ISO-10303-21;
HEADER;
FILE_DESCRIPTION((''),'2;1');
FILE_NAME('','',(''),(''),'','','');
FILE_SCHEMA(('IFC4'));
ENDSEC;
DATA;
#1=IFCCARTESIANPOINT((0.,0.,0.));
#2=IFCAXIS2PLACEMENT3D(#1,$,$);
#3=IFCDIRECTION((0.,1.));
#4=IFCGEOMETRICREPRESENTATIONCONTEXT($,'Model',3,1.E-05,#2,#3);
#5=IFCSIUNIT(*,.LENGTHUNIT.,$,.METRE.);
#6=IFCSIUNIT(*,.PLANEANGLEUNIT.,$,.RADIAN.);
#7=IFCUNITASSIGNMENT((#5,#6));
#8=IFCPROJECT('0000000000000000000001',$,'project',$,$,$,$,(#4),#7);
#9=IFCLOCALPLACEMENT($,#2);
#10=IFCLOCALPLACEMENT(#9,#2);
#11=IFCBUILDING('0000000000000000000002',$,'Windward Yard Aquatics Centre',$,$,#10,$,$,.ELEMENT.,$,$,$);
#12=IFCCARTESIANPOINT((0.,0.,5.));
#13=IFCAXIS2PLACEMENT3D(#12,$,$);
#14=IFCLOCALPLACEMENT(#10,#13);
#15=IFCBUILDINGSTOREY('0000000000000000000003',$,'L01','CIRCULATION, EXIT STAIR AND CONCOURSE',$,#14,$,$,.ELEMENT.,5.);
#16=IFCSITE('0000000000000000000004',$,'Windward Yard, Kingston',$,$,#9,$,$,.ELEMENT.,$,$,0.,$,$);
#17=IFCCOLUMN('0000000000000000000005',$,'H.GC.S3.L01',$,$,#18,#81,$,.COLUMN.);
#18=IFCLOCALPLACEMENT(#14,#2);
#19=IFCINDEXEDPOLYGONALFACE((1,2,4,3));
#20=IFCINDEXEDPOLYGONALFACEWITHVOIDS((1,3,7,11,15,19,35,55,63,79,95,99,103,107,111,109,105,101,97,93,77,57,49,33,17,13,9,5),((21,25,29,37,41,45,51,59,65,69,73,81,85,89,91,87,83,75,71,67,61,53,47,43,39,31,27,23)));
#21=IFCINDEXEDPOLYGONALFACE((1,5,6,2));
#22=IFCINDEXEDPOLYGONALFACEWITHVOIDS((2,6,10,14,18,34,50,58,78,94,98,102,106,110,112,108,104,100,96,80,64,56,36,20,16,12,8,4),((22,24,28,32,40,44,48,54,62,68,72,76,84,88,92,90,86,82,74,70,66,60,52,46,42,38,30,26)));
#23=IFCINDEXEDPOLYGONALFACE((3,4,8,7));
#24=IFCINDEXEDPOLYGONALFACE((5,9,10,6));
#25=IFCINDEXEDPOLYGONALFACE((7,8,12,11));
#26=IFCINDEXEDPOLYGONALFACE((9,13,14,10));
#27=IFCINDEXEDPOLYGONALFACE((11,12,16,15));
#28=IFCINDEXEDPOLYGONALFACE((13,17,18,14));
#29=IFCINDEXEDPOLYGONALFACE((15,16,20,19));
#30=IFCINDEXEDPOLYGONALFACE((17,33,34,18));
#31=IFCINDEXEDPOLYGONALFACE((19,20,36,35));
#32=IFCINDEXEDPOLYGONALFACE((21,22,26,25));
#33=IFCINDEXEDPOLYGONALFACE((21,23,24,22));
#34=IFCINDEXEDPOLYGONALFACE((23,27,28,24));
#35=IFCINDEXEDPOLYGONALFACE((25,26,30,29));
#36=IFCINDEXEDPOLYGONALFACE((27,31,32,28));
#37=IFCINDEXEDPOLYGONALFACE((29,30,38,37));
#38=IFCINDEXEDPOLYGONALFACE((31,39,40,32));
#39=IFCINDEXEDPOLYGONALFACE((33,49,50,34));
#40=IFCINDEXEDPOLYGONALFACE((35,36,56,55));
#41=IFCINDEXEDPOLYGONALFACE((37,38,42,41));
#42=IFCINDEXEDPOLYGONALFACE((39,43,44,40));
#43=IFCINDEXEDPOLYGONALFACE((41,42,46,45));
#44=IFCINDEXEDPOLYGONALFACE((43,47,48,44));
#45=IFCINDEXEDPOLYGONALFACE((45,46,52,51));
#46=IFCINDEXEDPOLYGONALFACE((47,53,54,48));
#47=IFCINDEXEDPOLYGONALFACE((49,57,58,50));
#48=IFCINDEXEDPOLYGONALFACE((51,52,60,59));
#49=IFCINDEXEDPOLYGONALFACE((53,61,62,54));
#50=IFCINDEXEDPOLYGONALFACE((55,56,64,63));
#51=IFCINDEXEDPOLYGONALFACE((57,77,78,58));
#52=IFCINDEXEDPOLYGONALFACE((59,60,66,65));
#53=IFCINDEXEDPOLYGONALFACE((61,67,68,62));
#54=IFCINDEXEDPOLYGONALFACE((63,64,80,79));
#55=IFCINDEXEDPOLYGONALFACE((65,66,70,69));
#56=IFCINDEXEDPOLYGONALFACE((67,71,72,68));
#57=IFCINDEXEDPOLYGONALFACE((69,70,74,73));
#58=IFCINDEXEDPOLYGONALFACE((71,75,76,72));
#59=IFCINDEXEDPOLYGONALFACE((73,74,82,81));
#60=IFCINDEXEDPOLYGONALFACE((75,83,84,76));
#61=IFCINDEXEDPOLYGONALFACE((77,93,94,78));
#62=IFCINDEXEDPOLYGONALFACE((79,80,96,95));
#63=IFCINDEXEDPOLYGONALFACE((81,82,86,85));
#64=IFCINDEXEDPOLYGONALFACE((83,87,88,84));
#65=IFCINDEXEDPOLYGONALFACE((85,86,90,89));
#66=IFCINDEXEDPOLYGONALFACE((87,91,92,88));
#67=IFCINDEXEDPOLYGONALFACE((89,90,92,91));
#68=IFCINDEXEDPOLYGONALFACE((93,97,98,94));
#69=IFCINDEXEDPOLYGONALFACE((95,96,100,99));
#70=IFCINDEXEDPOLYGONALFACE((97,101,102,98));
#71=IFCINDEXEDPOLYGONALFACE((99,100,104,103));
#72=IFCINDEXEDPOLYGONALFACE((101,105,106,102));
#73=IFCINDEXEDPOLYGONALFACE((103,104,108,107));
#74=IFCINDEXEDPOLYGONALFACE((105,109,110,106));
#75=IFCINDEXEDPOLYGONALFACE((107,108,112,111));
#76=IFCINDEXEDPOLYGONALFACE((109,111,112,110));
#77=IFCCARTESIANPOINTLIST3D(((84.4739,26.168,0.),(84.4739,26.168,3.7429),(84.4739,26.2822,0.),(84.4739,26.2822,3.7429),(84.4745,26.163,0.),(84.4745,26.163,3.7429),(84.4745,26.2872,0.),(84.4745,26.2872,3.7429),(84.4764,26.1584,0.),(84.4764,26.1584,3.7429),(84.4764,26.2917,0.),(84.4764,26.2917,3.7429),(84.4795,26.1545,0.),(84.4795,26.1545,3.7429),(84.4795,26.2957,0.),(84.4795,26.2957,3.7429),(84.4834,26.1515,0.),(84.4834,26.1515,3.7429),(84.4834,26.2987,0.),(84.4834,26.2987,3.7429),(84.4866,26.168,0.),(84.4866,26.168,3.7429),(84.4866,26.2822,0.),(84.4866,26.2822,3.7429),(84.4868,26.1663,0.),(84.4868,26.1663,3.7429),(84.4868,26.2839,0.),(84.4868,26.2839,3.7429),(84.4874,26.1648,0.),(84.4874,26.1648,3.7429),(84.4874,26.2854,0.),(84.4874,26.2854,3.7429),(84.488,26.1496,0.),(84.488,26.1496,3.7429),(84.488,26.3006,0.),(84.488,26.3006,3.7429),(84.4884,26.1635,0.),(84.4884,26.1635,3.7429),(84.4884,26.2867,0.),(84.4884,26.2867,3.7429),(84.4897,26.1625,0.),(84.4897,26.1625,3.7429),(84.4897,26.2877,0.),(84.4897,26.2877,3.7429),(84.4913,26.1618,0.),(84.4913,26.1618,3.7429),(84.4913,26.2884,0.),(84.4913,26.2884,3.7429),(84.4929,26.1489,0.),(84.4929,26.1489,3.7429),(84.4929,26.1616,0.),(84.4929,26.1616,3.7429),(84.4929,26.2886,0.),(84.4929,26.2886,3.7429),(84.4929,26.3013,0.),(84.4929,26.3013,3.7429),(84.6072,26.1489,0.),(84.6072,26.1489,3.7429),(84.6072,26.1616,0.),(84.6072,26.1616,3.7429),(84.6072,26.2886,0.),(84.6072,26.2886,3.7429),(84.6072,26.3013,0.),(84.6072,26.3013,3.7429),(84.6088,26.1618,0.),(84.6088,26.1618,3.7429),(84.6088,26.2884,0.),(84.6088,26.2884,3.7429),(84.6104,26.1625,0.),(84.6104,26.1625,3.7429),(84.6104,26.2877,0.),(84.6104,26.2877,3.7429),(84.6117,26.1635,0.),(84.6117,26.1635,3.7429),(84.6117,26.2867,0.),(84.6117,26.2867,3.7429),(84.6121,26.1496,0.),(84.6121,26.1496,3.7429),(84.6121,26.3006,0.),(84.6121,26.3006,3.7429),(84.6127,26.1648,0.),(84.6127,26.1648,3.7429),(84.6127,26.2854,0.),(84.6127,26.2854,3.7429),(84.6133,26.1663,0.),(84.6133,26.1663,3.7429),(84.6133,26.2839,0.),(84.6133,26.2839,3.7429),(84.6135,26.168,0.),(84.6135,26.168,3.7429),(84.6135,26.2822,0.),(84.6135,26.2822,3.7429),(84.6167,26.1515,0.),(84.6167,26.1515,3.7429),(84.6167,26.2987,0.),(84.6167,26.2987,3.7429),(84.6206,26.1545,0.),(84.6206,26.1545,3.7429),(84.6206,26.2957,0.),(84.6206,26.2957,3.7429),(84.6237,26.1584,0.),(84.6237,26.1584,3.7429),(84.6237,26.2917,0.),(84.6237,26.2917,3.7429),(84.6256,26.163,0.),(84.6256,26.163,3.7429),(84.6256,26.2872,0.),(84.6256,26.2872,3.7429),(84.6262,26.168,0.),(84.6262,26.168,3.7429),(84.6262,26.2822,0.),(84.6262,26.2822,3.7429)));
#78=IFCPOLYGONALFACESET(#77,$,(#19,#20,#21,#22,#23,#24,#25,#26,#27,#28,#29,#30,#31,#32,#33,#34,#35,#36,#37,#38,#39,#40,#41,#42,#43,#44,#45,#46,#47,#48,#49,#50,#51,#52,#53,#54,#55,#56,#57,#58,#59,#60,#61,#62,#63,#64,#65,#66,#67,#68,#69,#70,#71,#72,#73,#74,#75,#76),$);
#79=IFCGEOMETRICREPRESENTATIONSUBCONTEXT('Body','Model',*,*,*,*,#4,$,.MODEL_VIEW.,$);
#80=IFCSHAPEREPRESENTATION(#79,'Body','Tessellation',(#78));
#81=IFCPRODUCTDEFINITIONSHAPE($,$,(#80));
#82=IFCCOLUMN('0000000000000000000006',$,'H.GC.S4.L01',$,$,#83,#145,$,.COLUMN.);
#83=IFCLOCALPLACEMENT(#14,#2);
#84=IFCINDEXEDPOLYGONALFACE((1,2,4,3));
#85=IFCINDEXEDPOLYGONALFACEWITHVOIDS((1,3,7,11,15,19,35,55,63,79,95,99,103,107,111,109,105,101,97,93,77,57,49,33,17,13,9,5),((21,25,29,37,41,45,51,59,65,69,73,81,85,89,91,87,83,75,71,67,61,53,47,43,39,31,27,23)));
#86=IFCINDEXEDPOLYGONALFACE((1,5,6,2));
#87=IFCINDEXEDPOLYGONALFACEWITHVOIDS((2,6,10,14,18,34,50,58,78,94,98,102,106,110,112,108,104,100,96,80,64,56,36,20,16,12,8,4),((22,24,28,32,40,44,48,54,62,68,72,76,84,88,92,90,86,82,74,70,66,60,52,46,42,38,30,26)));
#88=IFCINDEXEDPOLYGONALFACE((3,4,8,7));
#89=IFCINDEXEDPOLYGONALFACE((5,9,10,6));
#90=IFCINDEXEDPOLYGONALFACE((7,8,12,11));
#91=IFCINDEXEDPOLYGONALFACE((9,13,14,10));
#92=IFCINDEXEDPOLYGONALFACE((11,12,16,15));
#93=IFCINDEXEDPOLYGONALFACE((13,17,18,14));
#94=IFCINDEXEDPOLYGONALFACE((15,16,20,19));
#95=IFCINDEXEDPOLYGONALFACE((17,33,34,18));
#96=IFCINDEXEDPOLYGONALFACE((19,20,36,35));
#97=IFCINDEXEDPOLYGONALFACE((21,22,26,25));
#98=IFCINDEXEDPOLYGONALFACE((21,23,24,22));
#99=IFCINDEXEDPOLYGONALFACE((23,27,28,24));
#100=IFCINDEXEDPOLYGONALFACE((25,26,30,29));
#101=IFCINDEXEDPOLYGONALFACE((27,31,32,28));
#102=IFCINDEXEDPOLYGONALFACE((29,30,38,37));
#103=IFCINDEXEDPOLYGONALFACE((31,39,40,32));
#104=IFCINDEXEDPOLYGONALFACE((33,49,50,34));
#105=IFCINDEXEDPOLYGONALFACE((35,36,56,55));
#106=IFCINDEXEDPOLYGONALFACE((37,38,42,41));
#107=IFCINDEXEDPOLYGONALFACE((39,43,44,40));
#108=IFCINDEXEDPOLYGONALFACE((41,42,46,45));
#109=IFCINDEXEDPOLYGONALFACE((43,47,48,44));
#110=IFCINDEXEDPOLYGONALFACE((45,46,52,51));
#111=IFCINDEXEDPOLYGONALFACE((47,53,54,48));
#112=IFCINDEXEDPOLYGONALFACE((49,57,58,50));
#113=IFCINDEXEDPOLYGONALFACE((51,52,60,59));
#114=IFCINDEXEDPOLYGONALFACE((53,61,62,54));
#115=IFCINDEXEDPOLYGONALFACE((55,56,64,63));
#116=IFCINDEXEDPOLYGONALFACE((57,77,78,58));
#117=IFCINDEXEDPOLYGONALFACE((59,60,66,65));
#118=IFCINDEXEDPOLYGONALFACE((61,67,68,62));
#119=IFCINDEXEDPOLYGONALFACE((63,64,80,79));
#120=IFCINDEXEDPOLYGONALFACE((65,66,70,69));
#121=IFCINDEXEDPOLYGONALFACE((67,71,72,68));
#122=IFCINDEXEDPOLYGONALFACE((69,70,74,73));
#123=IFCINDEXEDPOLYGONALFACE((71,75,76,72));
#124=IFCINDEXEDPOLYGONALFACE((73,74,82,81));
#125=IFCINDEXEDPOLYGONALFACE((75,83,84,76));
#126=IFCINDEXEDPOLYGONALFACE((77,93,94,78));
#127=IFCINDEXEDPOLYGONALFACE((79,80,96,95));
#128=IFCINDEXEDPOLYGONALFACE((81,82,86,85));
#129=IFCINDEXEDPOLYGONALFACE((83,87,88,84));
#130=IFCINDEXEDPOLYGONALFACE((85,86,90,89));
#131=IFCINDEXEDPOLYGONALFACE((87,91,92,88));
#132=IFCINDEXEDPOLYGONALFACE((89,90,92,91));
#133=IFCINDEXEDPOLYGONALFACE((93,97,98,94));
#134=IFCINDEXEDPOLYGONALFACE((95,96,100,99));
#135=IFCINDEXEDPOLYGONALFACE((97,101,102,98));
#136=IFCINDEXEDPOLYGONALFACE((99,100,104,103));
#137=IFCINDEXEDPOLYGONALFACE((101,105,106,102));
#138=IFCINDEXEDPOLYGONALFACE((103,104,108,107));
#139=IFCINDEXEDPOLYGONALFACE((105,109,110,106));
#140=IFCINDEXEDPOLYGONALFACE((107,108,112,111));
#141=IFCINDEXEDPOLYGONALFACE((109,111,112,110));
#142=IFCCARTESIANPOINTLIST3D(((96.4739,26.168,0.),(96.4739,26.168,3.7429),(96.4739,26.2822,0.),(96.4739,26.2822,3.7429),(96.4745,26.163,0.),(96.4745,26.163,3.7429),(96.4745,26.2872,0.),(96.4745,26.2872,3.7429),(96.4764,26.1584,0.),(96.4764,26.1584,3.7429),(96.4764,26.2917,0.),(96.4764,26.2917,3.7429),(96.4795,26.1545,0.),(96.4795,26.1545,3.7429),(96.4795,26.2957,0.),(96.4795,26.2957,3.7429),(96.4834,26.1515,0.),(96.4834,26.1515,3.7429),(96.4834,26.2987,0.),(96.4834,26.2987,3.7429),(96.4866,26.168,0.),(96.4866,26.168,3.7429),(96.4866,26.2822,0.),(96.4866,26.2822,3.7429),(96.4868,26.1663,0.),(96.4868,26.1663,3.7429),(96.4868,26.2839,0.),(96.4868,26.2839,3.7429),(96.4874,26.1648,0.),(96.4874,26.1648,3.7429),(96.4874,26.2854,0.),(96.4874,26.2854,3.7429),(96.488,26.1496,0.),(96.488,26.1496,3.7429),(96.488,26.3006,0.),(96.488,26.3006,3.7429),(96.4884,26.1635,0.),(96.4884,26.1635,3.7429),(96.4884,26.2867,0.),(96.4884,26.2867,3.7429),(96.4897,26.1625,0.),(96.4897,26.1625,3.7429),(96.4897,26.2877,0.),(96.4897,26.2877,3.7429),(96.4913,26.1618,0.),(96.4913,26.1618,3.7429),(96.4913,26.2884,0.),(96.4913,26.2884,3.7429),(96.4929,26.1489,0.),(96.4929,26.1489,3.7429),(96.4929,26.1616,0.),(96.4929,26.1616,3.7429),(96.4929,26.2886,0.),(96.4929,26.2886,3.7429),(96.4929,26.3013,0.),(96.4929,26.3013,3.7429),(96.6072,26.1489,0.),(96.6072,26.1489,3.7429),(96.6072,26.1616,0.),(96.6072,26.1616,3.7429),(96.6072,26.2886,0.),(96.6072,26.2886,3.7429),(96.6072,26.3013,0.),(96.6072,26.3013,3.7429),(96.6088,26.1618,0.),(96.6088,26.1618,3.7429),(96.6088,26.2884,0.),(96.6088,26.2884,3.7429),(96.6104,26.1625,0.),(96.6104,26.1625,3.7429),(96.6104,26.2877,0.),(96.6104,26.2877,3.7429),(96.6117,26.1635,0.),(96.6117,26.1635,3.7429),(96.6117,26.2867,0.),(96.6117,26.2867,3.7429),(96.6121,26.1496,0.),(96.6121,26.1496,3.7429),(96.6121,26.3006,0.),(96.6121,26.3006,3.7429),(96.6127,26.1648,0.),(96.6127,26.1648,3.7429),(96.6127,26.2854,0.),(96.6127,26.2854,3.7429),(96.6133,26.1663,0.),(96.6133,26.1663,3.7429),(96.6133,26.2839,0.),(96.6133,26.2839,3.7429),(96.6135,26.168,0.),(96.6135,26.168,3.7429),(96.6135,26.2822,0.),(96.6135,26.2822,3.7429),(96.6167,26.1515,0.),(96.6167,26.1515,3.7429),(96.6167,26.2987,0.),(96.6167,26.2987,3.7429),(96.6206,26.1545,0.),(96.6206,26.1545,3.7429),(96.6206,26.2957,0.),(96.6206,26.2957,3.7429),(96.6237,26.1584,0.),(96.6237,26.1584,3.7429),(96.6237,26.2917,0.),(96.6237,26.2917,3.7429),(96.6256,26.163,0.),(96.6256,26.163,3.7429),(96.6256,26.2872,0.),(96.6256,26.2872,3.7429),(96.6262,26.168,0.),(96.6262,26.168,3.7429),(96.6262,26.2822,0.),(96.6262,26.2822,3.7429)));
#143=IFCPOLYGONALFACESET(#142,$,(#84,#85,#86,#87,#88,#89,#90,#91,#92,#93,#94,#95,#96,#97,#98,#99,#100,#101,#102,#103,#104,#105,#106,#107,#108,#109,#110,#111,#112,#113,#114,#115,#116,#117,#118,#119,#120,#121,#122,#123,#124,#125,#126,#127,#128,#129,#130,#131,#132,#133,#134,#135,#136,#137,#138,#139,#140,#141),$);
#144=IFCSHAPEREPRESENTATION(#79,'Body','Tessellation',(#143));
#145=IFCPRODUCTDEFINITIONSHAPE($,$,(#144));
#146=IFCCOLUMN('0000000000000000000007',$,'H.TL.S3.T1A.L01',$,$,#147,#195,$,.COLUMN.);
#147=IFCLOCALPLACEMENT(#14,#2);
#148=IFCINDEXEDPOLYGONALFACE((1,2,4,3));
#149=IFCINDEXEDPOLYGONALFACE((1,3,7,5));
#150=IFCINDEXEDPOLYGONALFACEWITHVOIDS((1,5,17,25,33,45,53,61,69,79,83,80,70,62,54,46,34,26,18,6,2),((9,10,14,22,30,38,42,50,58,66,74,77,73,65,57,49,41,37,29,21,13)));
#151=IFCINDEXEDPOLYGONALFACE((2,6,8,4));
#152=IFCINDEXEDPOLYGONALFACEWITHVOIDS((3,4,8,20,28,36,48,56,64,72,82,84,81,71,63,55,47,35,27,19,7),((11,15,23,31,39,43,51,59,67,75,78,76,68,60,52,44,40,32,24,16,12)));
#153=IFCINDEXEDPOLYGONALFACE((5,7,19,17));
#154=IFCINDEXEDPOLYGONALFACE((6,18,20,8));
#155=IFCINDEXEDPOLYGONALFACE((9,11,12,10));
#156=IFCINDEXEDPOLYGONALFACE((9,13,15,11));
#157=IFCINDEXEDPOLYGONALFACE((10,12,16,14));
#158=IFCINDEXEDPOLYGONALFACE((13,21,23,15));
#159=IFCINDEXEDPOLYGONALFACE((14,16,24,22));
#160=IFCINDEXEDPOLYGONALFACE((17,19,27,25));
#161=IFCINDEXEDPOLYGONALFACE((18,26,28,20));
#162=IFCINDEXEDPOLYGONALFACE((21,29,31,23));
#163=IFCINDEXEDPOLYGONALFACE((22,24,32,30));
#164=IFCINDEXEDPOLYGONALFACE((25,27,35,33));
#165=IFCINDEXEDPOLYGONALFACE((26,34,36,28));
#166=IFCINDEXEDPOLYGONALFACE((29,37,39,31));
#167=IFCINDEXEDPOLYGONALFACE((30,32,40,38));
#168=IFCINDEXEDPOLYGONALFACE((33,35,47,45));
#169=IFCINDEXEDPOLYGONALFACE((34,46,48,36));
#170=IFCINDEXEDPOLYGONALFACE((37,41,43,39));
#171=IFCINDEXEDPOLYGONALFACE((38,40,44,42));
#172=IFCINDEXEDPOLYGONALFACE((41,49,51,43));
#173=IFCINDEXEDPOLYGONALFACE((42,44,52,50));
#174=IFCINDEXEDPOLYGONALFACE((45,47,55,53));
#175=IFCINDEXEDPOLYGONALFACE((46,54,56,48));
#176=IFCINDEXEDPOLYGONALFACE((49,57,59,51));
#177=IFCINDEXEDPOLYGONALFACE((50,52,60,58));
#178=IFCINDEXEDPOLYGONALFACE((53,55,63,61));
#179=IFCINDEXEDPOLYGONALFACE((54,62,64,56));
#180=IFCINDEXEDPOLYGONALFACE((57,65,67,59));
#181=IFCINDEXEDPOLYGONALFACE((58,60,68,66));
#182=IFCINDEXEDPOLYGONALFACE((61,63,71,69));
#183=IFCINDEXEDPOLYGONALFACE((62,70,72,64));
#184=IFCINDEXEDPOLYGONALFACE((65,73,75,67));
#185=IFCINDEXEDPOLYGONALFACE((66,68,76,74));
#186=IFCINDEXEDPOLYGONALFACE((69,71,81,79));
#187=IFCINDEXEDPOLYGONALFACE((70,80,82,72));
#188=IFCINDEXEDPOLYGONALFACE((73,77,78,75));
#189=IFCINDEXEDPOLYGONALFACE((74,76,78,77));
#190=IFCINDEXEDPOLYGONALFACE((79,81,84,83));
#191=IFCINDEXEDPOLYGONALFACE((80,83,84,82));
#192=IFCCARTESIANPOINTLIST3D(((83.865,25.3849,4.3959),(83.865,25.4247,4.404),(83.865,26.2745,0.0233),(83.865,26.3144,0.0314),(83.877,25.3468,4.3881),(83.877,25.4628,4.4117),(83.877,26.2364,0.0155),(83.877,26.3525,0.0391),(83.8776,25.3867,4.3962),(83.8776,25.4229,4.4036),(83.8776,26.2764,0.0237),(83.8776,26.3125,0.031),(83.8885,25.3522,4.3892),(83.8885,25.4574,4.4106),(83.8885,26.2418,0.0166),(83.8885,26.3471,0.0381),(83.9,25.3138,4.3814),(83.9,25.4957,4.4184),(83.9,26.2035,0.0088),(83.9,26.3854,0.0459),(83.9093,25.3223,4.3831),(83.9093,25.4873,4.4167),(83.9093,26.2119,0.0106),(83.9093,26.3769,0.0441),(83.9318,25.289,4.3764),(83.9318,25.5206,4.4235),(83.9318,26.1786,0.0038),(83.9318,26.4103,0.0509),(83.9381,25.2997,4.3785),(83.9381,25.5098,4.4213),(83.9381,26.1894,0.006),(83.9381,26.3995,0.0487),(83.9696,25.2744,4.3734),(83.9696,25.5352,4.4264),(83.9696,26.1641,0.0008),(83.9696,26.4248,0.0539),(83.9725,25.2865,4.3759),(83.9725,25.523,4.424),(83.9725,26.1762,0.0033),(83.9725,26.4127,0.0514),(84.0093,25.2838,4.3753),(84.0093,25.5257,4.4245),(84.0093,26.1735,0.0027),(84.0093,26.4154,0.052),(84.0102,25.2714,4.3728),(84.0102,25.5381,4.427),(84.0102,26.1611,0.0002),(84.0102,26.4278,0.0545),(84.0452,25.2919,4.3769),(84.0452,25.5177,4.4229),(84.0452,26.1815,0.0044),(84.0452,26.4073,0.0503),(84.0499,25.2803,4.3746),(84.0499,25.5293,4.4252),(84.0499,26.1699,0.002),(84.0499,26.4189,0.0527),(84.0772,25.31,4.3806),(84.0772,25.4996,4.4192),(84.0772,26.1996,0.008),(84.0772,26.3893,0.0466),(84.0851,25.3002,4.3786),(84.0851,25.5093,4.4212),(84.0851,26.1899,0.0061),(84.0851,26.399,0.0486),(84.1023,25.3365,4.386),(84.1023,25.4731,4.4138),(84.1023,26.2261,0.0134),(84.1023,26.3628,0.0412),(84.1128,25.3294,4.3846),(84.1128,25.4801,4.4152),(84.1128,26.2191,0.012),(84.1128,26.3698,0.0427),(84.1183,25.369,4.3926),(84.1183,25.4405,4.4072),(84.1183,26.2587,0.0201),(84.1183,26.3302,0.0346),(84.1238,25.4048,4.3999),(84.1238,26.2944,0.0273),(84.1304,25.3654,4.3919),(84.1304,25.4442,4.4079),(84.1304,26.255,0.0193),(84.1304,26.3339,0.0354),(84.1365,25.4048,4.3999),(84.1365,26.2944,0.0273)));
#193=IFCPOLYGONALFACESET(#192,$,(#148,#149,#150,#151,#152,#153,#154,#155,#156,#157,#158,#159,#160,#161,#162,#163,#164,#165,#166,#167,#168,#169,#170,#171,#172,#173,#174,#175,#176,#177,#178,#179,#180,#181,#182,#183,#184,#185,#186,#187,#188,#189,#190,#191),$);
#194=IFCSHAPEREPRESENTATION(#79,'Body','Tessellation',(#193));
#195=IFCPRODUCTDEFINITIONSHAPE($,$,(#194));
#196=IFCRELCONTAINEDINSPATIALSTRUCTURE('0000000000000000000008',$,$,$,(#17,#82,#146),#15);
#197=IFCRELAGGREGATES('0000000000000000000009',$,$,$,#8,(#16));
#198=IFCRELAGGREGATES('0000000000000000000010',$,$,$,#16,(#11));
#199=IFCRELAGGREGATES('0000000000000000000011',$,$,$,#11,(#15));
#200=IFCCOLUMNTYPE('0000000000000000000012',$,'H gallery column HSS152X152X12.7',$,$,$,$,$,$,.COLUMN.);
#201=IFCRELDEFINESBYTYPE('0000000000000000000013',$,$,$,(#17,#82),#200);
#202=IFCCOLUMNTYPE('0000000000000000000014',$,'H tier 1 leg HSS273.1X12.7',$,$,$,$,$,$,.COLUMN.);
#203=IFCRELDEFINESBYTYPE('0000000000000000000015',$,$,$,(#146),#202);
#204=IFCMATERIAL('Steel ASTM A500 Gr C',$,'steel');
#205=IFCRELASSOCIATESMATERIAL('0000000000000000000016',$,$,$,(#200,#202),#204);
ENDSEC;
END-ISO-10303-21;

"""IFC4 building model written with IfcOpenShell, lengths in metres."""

from ifc_helpers import new_model, si_unit, direction, frame, origin, origin_2d, place, context, subcontext, project, spatial, hollow_rectangle, hollow_circle, extrude, material, material_profile, profile_set, type_object, element, save


model = new_model("IFC4")

# Units and contexts
model_context = context("Model", 3, precision=1e-05, world=origin(), true_north=direction((0.0, 1.0)))
body_context = subcontext(model_context, "Body", "Model", "MODEL_VIEW")
ifc_project = project(units=[si_unit("LENGTHUNIT", "METRE"), si_unit("PLANEANGLEUNIT", "RADIAN")], contexts=[model_context])

# Site, building, storey
site_placement = place(None, origin())
site = spatial("IfcSite", under=ifc_project, at=site_placement, Name="Windward Yard, Kingston", CompositionType="ELEMENT", RefElevation=0.0)
building_placement = place(site_placement, origin())
building = spatial("IfcBuilding", under=site, at=building_placement, Name="Windward Yard Aquatics Centre", CompositionType="ELEMENT")
storey_placement = place(building_placement, frame((0.0, 0.0, 5.0)))
storey = spatial("IfcBuildingStorey", under=building, at=storey_placement, Name="L01", Description="CIRCULATION, EXIT STAIR AND CONCOURSE", CompositionType="ELEMENT", Elevation=5.0)

# Columns
ifc_material_1 = material(Name="Steel ASTM A500 Gr C", Category="steel")
ifc_material_profile_1 = material_profile(ifc_material_1, hollow_rectangle(XDim=0.1523, YDim=0.1523, WallThickness=0.0127, InnerFilletRadius=0.0063, OuterFilletRadius=0.019, at=origin_2d()), Name="HSS152X152X12.7")
ifc_profile_set_1 = profile_set([ifc_material_profile_1], Name="Steel ASTM A500 Gr C")
column_type_1 = type_object("IfcColumnType", Name="H gallery column HSS152X152X12.7", PredefinedType="COLUMN", material=ifc_profile_set_1)
for number, where, z_axis, x_axis, name in (
    (1, (84.55, 26.2251, 0.0), (0.0, 0.0, 1.0), (1.0, 0.0, 0.0), "H.GC.S3.L01"),
    (2, (96.55, 26.2251, 0.0), (0.0, 0.0, 1.0), (1.0, 0.0, 0.0), "H.GC.S4.L01"),
):
    element("IfcColumn", number, at=place(storey_placement, frame(where, z_axis=z_axis, x_axis=x_axis)), inside=storey, type_object=column_type_1, Name=name, PredefinedType="COLUMN", context=body_context, shape_type="SweptSolid", body=[
        extrude(hollow_rectangle(XDim=0.1523, YDim=0.1523, WallThickness=0.0127, InnerFilletRadius=0.0063, OuterFilletRadius=0.019, at=origin_2d()), origin(), (0.0, 0.0, 1.0), 3.7429),
    ])
ifc_material_profile_2 = material_profile(ifc_material_1, hollow_circle(Radius=0.1365, WallThickness=0.0127, at=origin_2d()), Name="HSS273.1X12.7")
ifc_profile_set_2 = profile_set([ifc_material_profile_2], Name="Steel ASTM A500 Gr C")
column_type_2 = type_object("IfcColumnType", Name="H tier 1 leg HSS273.1X12.7", PredefinedType="COLUMN", material=ifc_profile_set_2)
for number, where, z_axis, x_axis, name in (
    (3, (84.0, 26.2944, 0.0273), (0.0, -0.199377, 0.979923), (1.0, 0.0, 0.0), "H.TL.S3.T1A.L01"),
):
    element("IfcColumn", number, at=place(storey_placement, frame(where, z_axis=z_axis, x_axis=x_axis)), inside=storey, type_object=column_type_2, Name=name, PredefinedType="COLUMN", context=body_context, shape_type="SweptSolid", body=[
        extrude(hollow_circle(Radius=0.1365, WallThickness=0.0127, at=origin_2d()), origin(), (0.0, 0.0, 1.0), 4.4622),
    ])

save(model, "model.ifc")
